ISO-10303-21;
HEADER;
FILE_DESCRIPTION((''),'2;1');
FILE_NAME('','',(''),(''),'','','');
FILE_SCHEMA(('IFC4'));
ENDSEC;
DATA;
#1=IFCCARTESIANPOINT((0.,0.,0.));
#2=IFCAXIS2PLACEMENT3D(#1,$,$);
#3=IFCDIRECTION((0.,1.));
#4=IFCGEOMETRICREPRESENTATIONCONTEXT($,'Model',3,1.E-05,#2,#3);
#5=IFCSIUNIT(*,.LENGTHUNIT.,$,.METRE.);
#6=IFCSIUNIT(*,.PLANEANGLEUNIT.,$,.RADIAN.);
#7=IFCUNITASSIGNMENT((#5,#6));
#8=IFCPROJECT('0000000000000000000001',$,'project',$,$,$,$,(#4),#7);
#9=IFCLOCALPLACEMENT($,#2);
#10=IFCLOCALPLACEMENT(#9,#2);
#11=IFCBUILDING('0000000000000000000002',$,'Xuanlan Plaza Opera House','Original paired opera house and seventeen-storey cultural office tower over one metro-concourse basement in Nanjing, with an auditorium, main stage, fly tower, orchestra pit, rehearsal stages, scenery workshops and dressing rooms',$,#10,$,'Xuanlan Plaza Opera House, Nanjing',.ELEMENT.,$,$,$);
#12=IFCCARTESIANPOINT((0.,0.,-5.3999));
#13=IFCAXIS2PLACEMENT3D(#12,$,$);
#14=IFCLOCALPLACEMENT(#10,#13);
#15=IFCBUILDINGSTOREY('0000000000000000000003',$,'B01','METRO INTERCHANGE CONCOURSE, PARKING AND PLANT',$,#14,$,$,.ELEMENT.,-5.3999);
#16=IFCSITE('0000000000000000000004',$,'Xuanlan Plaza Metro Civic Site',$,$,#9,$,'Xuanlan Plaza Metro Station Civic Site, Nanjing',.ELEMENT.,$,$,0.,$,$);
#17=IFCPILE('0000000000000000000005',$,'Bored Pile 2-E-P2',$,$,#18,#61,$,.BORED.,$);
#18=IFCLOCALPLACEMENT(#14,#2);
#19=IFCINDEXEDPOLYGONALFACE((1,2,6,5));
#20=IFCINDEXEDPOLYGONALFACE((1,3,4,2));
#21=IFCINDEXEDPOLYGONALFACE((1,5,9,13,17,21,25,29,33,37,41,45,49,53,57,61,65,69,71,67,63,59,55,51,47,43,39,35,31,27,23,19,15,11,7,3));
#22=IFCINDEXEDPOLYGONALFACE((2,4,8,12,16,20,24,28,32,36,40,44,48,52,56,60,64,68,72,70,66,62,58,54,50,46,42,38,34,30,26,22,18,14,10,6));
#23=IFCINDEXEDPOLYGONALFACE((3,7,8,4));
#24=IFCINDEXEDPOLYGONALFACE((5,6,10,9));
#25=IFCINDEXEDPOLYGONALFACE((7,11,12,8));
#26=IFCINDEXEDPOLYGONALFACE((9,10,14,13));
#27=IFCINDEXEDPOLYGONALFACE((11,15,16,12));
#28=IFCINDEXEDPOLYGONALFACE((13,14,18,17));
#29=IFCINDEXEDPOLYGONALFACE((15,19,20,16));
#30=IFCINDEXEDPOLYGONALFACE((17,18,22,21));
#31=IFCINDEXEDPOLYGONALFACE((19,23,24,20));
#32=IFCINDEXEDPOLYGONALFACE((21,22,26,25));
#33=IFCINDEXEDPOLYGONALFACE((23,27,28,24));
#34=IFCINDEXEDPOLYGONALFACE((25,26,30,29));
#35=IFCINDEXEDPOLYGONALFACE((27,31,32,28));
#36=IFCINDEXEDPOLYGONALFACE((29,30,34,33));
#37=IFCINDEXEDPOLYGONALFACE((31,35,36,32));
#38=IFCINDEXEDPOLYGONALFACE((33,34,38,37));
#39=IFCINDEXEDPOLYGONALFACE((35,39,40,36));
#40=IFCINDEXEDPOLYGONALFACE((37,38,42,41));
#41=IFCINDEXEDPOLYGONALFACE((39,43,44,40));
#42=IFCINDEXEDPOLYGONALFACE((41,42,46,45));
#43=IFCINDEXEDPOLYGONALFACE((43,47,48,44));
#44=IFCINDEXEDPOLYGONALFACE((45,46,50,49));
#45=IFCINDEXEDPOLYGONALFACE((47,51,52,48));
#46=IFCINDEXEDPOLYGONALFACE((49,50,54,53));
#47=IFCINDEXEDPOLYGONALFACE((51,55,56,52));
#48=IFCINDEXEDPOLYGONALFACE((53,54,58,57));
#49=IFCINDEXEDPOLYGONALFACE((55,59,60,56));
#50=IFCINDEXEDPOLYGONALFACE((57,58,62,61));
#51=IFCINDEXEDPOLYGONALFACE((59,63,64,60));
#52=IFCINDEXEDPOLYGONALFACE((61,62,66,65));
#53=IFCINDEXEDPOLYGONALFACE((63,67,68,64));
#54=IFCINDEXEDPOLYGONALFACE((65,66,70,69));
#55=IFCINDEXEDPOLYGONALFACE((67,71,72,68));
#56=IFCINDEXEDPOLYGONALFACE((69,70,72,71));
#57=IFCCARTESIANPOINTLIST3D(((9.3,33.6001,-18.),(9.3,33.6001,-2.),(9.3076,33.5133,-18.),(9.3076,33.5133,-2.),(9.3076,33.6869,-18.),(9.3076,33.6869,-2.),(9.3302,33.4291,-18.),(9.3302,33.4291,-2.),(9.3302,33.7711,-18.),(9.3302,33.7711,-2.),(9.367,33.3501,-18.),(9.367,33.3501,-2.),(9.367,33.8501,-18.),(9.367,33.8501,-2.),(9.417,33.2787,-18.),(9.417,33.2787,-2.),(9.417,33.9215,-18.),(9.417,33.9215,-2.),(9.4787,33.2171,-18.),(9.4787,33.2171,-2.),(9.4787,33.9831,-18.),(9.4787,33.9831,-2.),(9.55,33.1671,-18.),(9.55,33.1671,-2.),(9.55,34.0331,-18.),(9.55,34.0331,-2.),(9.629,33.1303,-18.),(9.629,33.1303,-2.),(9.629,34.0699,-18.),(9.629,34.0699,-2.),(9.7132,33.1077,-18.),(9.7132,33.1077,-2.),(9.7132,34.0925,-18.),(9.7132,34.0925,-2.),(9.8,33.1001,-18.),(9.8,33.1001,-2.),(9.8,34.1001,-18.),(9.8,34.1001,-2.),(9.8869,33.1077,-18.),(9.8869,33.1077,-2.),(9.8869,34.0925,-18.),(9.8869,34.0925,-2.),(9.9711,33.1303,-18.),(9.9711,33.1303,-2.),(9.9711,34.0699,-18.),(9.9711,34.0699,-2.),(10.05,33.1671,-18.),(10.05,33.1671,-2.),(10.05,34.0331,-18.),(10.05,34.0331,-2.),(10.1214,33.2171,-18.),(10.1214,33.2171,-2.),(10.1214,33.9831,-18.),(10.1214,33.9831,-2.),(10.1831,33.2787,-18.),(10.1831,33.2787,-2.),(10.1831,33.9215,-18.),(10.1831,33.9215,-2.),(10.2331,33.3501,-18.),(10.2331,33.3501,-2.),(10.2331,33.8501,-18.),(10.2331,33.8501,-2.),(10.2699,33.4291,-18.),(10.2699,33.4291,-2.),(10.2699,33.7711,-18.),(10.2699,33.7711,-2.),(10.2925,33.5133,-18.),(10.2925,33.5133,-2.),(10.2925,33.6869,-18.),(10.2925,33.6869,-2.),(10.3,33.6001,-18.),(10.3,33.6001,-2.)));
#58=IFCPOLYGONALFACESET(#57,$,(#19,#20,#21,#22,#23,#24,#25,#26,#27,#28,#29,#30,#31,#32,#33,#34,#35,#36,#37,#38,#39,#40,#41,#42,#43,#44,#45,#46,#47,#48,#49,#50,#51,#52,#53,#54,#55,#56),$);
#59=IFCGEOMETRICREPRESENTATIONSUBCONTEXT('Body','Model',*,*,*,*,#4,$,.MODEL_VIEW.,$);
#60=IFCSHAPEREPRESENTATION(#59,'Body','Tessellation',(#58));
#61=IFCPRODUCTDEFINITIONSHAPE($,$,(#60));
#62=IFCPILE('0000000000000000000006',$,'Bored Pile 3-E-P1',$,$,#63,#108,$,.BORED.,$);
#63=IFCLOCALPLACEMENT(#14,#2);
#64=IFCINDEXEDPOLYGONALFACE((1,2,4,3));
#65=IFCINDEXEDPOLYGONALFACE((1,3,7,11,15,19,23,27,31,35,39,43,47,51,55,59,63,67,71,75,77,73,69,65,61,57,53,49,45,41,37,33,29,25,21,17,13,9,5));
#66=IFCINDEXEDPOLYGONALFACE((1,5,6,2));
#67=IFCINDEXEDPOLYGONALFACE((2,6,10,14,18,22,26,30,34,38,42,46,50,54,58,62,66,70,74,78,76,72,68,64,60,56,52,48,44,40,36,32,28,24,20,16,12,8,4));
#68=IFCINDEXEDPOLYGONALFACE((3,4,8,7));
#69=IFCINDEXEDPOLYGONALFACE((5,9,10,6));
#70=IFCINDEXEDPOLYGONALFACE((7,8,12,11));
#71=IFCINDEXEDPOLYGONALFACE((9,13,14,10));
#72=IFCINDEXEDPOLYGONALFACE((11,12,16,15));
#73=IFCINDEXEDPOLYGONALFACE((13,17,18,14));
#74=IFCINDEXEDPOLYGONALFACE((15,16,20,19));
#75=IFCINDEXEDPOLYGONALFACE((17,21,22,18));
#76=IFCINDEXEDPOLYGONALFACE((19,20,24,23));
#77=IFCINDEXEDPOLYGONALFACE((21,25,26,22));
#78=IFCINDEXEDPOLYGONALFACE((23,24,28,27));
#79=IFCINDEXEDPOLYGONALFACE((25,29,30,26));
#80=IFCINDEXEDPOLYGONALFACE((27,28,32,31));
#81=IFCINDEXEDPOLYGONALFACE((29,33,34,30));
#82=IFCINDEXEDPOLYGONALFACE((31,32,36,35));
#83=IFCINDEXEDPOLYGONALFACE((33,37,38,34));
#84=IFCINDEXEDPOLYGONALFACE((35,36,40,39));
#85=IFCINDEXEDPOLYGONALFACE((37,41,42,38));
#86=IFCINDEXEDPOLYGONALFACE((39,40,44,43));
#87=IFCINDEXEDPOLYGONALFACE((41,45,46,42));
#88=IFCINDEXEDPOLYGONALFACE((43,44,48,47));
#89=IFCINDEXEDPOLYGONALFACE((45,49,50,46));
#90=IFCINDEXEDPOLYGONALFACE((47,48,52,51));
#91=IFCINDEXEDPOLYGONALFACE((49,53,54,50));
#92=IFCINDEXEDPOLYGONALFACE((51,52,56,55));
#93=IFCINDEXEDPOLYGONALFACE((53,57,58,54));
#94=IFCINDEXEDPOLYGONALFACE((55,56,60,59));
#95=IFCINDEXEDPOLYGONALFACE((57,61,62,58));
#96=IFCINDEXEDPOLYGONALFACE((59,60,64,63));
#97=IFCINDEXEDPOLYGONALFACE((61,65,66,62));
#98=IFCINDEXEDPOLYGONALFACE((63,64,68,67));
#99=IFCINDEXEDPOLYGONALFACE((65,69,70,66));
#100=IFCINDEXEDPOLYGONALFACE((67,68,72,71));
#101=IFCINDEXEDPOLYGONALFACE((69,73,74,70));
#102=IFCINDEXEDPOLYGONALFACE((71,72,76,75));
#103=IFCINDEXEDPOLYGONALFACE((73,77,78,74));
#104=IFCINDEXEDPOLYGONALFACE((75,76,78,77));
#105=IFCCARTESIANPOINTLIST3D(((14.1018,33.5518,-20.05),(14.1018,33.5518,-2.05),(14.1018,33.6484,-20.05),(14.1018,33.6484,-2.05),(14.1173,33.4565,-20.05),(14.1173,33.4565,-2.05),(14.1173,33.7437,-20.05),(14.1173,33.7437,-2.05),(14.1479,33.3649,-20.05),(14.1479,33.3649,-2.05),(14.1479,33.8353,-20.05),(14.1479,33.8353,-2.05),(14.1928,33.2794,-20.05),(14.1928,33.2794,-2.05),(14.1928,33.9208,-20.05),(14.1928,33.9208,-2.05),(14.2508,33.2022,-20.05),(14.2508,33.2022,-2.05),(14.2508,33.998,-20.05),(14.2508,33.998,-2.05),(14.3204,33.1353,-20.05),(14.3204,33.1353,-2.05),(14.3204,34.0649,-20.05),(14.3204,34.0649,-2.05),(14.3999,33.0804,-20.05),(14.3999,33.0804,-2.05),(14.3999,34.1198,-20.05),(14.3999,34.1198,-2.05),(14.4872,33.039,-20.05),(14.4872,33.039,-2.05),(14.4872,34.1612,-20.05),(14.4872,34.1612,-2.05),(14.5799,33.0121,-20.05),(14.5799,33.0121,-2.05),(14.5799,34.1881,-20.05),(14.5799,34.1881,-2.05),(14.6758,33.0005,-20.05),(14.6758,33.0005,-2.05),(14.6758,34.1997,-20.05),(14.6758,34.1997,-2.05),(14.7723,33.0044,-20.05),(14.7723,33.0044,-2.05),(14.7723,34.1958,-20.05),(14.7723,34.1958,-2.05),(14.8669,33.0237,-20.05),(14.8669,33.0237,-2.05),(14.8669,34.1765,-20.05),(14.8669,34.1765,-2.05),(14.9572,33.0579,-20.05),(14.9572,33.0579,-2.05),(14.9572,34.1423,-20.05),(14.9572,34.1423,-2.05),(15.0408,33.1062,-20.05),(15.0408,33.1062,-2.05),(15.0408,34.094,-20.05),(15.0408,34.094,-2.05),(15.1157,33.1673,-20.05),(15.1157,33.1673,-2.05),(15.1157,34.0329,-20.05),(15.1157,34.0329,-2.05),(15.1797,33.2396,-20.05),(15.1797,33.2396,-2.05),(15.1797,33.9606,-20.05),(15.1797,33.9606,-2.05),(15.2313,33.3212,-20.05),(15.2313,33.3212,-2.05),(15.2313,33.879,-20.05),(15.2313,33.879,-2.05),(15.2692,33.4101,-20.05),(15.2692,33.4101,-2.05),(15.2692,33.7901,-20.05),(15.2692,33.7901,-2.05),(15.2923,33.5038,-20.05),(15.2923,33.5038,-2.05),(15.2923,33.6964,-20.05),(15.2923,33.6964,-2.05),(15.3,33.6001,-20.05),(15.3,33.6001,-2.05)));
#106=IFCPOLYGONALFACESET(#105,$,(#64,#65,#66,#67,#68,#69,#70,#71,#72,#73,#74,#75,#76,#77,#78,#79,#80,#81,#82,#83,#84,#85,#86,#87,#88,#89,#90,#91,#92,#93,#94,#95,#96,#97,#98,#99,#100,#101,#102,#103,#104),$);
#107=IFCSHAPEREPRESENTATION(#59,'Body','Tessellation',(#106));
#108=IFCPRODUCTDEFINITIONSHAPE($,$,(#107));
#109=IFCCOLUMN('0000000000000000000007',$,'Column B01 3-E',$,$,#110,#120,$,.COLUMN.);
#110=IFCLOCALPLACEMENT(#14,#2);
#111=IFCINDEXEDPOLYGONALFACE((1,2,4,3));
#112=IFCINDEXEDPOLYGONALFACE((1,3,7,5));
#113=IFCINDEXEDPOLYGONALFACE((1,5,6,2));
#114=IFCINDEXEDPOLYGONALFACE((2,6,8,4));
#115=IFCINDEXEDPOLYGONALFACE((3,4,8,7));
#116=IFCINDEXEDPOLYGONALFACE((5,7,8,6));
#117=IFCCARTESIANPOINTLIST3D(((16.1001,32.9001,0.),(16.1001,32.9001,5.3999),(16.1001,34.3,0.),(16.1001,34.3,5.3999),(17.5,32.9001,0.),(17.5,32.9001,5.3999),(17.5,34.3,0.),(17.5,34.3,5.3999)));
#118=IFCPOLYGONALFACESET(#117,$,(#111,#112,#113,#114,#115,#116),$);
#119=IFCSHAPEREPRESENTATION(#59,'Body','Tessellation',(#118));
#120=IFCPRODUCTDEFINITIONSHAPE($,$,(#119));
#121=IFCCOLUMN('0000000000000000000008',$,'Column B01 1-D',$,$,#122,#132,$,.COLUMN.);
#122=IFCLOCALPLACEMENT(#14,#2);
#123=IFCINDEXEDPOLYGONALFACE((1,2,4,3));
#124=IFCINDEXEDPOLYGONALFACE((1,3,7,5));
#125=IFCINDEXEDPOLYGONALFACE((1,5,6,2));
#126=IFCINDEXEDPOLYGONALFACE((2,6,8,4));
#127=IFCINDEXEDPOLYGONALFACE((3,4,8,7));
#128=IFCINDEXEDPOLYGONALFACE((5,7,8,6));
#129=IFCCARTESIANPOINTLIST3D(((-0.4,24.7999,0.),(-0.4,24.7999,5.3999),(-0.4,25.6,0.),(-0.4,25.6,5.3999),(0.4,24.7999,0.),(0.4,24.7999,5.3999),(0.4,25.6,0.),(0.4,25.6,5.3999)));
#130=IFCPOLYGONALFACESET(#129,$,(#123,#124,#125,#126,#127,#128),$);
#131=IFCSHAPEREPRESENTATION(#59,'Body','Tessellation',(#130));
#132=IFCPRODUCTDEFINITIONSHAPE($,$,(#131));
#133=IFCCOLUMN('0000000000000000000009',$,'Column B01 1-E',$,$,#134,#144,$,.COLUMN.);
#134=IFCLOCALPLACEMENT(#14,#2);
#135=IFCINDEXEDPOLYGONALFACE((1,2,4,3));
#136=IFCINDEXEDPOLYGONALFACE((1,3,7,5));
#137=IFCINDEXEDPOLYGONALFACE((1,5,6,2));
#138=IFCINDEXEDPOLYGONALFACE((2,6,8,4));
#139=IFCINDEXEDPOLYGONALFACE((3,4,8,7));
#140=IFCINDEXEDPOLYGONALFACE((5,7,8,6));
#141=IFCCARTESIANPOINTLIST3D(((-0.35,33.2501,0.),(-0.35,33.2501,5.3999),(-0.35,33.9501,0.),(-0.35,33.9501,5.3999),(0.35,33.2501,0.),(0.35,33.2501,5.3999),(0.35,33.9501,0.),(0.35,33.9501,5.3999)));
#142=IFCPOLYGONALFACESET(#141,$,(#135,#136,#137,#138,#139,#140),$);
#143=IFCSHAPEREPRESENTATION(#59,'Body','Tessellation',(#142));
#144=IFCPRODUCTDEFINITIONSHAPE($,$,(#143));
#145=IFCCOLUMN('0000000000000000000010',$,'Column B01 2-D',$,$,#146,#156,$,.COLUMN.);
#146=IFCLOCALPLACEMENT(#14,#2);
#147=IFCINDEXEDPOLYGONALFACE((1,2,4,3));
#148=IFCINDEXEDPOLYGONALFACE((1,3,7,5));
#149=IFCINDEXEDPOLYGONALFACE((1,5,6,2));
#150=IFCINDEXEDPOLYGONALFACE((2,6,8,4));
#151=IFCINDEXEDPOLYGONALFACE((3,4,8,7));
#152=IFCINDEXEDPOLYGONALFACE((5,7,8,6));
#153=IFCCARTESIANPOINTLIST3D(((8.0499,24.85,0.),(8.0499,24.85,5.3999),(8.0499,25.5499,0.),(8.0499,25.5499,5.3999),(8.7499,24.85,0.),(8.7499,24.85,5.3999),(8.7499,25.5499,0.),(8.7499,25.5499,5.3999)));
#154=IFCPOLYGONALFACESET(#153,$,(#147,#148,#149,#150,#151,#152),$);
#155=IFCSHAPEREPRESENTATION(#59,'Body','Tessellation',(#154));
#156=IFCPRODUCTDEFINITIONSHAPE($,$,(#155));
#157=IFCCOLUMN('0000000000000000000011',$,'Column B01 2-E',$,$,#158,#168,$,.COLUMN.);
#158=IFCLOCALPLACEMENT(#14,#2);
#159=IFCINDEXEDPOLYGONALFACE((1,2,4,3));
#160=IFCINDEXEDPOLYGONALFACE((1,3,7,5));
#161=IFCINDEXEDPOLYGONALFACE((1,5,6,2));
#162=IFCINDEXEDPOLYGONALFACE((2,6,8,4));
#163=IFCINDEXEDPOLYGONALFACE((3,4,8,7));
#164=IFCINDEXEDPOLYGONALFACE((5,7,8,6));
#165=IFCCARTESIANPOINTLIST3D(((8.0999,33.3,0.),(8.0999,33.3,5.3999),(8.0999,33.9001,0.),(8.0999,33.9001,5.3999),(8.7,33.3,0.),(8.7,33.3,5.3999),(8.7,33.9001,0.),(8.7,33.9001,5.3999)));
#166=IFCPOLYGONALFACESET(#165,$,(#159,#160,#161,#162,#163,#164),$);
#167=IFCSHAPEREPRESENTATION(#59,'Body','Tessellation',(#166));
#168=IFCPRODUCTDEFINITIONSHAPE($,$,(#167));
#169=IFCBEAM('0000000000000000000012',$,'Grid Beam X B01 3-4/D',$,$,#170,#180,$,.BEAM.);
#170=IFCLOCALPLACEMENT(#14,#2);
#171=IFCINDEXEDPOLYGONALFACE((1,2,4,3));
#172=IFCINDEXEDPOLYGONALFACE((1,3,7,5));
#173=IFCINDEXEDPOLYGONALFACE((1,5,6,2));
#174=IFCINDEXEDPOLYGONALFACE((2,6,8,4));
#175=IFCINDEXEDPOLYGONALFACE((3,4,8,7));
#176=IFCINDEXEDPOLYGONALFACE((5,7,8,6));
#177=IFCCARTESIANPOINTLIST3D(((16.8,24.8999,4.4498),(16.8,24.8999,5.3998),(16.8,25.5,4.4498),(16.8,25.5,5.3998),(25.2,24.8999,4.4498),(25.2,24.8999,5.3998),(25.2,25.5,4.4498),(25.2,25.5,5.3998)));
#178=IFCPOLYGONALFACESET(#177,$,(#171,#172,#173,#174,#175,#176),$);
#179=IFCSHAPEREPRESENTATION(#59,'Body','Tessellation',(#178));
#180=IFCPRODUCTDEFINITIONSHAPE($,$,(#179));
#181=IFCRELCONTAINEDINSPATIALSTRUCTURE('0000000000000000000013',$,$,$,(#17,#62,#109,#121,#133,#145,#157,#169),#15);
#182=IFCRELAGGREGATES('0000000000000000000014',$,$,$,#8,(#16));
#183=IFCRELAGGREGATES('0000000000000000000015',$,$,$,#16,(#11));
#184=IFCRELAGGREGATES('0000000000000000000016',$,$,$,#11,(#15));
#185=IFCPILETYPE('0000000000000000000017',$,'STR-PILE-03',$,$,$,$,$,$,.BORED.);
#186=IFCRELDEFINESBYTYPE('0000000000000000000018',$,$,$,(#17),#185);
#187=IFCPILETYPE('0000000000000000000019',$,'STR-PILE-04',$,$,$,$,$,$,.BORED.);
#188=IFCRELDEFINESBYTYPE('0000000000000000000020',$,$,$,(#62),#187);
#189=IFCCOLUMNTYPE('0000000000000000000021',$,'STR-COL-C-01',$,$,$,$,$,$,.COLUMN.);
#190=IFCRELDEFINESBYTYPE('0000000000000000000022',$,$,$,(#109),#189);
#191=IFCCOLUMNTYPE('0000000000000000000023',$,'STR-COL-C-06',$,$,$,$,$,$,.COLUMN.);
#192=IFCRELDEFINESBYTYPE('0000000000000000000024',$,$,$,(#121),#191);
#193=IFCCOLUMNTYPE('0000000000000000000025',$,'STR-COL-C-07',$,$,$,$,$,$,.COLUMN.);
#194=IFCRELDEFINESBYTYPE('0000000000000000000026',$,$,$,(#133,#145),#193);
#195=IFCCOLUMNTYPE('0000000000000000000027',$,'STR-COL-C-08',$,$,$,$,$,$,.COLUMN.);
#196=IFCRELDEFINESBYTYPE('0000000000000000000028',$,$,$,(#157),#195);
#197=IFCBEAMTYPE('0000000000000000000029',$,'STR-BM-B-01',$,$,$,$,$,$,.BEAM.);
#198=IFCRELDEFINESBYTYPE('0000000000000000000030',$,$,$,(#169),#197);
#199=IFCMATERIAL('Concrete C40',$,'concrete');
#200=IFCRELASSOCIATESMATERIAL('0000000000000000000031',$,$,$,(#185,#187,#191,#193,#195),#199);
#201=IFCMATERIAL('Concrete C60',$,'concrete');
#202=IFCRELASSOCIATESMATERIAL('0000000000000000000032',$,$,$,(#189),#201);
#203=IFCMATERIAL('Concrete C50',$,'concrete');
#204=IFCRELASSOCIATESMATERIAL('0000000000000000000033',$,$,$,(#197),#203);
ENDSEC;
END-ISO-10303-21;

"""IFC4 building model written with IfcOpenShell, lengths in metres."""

from ifc_helpers import new_model, si_unit, direction, frame, origin, origin_2d, place, context, subcontext, project, spatial, rectangle, circle, extrude, material, material_profile, profile_set, type_object, element, save


model = new_model("IFC4")

# Units and contexts
model_context = context("Model", 3, precision=1e-05, world=origin(), true_north=direction((0.0, 1.0)))
body_context = subcontext(model_context, "Body", "Model", "MODEL_VIEW")
ifc_project = project(units=[si_unit("LENGTHUNIT", "METRE"), si_unit("PLANEANGLEUNIT", "RADIAN")], contexts=[model_context])

# Site, building, storey
site_placement = place(None, origin())
site = spatial("IfcSite", under=ifc_project, at=site_placement, Name="Xuanlan Plaza Metro Civic Site", LongName="Xuanlan Plaza Metro Station Civic Site, Nanjing", CompositionType="ELEMENT", RefElevation=0.0)
building_placement = place(site_placement, origin())
building = spatial("IfcBuilding", under=site, at=building_placement, Name="Xuanlan Plaza Opera House", Description="Original paired opera house and seventeen-storey cultural office tower over one metro-concourse basement in Nanjing, with an auditorium, main stage, fly tower, orchestra pit, rehearsal stages, scenery workshops and dressing rooms", LongName="Xuanlan Plaza Opera House, Nanjing", CompositionType="ELEMENT")
storey_placement = place(building_placement, frame((0.0, 0.0, -5.3999)))
storey = spatial("IfcBuildingStorey", under=building, at=storey_placement, Name="B01", Description="METRO INTERCHANGE CONCOURSE, PARKING AND PLANT", CompositionType="ELEMENT", Elevation=-5.3999)

# Shared definitions
ifc_material_1 = material(Name="Concrete C50", Category="concrete")
ifc_material_2 = material(Name="Concrete C40", Category="concrete")

# Piles
ifc_material_profile_1 = material_profile(ifc_material_2, circle(Radius=0.5, at=origin_2d()), Name="PILE D1000")
ifc_profile_set_1 = profile_set([ifc_material_profile_1], Name="Concrete C40")
pile_type_1 = type_object("IfcPileType", Name="STR-PILE-03", PredefinedType="BORED", material=ifc_profile_set_1)
for number, where, z_axis, x_axis, name in (
    (1, (9.8, 33.6001, -2.0), (0.0, 0.0, -1.0), (1.0, 0.0, 0.0), "Bored Pile 2-E-P2"),
):
    element("IfcPile", number, at=place(storey_placement, frame(where, z_axis=z_axis, x_axis=x_axis)), inside=storey, type_object=pile_type_1, Name=name, PredefinedType="BORED", context=body_context, shape_type="SweptSolid", body=[
        extrude(circle(Radius=0.5, at=origin_2d()), origin(), (0.0, 0.0, 1.0), 16.0),
    ])
ifc_material_profile_2 = material_profile(ifc_material_2, circle(Radius=0.6001, at=origin_2d()), Name="PILE D1200")
ifc_profile_set_2 = profile_set([ifc_material_profile_2], Name="Concrete C40")
pile_type_2 = type_object("IfcPileType", Name="STR-PILE-04", PredefinedType="BORED", material=ifc_profile_set_2)
pile_placement = place(storey_placement, frame((14.7, 33.6001, -2.05), z_axis=(0.0, 0.0, -1.0), x_axis=(1.0, 0.0, 0.0)))
element("IfcPile", 2, at=pile_placement, inside=storey, type_object=pile_type_2, Name="Bored Pile 3-E-P1", PredefinedType="BORED", context=body_context, shape_type="SweptSolid", body=[
    extrude(circle(Radius=0.6001, at=origin_2d()), origin(), (0.0, 0.0, 1.0), 18.0),
])

# Columns
ifc_material_3 = material(Name="Concrete C60", Category="concrete")
ifc_material_profile_3 = material_profile(ifc_material_3, rectangle(XDim=1.3999, YDim=1.3999, at=origin_2d()), Name="RC-COL 1400x1400")
ifc_profile_set_3 = profile_set([ifc_material_profile_3], Name="Concrete C60")
column_type_1 = type_object("IfcColumnType", Name="STR-COL-C-01", PredefinedType="COLUMN", material=ifc_profile_set_3)
column_1_placement = place(storey_placement, frame((16.8, 33.6001, 0.0), z_axis=(0.0, 0.0, 1.0), x_axis=(1.0, 0.0, 0.0)))
element("IfcColumn", 3, at=column_1_placement, inside=storey, type_object=column_type_1, Name="Column B01 3-E", PredefinedType="COLUMN", context=body_context, shape_type="SweptSolid", body=[
    extrude(rectangle(XDim=1.3999, YDim=1.3999, at=origin_2d()), origin(), (0.0, 0.0, 1.0), 5.3999),
])
ifc_material_profile_4 = material_profile(ifc_material_2, rectangle(XDim=0.8, YDim=0.8, at=origin_2d()), Name="RC-COL 800x800")
ifc_profile_set_4 = profile_set([ifc_material_profile_4], Name="Concrete C40")
column_type_2 = type_object("IfcColumnType", Name="STR-COL-C-06", PredefinedType="COLUMN", material=ifc_profile_set_4)
column_2_placement = place(storey_placement, frame((0.0, 25.2, 0.0), z_axis=(0.0, 0.0, 1.0), x_axis=(1.0, 0.0, 0.0)))
element("IfcColumn", 4, at=column_2_placement, inside=storey, type_object=column_type_2, Name="Column B01 1-D", PredefinedType="COLUMN", context=body_context, shape_type="SweptSolid", body=[
    extrude(rectangle(XDim=0.8, YDim=0.8, at=origin_2d()), origin(), (0.0, 0.0, 1.0), 5.3999),
])
ifc_material_profile_5 = material_profile(ifc_material_2, rectangle(XDim=0.7, YDim=0.7, at=origin_2d()), Name="RC-COL 700x700")
ifc_profile_set_5 = profile_set([ifc_material_profile_5], Name="Concrete C40")
column_type_3 = type_object("IfcColumnType", Name="STR-COL-C-07", PredefinedType="COLUMN", material=ifc_profile_set_5)
for number, where, z_axis, x_axis, name in (
    (5, (0.0, 33.6001, 0.0), (0.0, 0.0, 1.0), (1.0, 0.0, 0.0), "Column B01 1-E"),
    (6, (8.3999, 25.2, 0.0), (0.0, 0.0, 1.0), (1.0, 0.0, 0.0), "Column B01 2-D"),
):
    element("IfcColumn", number, at=place(storey_placement, frame(where, z_axis=z_axis, x_axis=x_axis)), inside=storey, type_object=column_type_3, Name=name, PredefinedType="COLUMN", context=body_context, shape_type="SweptSolid", body=[
        extrude(rectangle(XDim=0.7, YDim=0.7, at=origin_2d()), origin(), (0.0, 0.0, 1.0), 5.3999),
    ])
ifc_material_profile_6 = material_profile(ifc_material_2, rectangle(XDim=0.6001, YDim=0.6001, at=origin_2d()), Name="RC-COL 600x600")
ifc_profile_set_6 = profile_set([ifc_material_profile_6], Name="Concrete C40")
column_type_4 = type_object("IfcColumnType", Name="STR-COL-C-08", PredefinedType="COLUMN", material=ifc_profile_set_6)
column_3_placement = place(storey_placement, frame((8.3999, 33.6001, 0.0), z_axis=(0.0, 0.0, 1.0), x_axis=(1.0, 0.0, 0.0)))
element("IfcColumn", 7, at=column_3_placement, inside=storey, type_object=column_type_4, Name="Column B01 2-E", PredefinedType="COLUMN", context=body_context, shape_type="SweptSolid", body=[
    extrude(rectangle(XDim=0.6001, YDim=0.6001, at=origin_2d()), origin(), (0.0, 0.0, 1.0), 5.3999),
])

# Beam
ifc_material_profile_7 = material_profile(ifc_material_1, rectangle(XDim=0.6001, YDim=0.95, at=origin_2d()), Name="RC-BM 600x950")
ifc_profile_set_7 = profile_set([ifc_material_profile_7], Name="Concrete C50")
beam_type_1 = type_object("IfcBeamType", Name="STR-BM-B-01", PredefinedType="BEAM", material=ifc_profile_set_7)
beam_1_placement = place(storey_placement, frame((16.8, 25.2, 4.9248), z_axis=(1.0, 0.0, 0.0), x_axis=(0.0, 1.0, 0.0)))
element("IfcBeam", 8, at=beam_1_placement, inside=storey, type_object=beam_type_1, Name="Grid Beam X B01 3-4/D", PredefinedType="BEAM", context=body_context, shape_type="SweptSolid", body=[
    extrude(rectangle(XDim=0.6001, YDim=0.95, at=origin_2d()), origin(), (0.0, 0.0, 1.0), 8.3999),
])

save(model, "model.ifc")
